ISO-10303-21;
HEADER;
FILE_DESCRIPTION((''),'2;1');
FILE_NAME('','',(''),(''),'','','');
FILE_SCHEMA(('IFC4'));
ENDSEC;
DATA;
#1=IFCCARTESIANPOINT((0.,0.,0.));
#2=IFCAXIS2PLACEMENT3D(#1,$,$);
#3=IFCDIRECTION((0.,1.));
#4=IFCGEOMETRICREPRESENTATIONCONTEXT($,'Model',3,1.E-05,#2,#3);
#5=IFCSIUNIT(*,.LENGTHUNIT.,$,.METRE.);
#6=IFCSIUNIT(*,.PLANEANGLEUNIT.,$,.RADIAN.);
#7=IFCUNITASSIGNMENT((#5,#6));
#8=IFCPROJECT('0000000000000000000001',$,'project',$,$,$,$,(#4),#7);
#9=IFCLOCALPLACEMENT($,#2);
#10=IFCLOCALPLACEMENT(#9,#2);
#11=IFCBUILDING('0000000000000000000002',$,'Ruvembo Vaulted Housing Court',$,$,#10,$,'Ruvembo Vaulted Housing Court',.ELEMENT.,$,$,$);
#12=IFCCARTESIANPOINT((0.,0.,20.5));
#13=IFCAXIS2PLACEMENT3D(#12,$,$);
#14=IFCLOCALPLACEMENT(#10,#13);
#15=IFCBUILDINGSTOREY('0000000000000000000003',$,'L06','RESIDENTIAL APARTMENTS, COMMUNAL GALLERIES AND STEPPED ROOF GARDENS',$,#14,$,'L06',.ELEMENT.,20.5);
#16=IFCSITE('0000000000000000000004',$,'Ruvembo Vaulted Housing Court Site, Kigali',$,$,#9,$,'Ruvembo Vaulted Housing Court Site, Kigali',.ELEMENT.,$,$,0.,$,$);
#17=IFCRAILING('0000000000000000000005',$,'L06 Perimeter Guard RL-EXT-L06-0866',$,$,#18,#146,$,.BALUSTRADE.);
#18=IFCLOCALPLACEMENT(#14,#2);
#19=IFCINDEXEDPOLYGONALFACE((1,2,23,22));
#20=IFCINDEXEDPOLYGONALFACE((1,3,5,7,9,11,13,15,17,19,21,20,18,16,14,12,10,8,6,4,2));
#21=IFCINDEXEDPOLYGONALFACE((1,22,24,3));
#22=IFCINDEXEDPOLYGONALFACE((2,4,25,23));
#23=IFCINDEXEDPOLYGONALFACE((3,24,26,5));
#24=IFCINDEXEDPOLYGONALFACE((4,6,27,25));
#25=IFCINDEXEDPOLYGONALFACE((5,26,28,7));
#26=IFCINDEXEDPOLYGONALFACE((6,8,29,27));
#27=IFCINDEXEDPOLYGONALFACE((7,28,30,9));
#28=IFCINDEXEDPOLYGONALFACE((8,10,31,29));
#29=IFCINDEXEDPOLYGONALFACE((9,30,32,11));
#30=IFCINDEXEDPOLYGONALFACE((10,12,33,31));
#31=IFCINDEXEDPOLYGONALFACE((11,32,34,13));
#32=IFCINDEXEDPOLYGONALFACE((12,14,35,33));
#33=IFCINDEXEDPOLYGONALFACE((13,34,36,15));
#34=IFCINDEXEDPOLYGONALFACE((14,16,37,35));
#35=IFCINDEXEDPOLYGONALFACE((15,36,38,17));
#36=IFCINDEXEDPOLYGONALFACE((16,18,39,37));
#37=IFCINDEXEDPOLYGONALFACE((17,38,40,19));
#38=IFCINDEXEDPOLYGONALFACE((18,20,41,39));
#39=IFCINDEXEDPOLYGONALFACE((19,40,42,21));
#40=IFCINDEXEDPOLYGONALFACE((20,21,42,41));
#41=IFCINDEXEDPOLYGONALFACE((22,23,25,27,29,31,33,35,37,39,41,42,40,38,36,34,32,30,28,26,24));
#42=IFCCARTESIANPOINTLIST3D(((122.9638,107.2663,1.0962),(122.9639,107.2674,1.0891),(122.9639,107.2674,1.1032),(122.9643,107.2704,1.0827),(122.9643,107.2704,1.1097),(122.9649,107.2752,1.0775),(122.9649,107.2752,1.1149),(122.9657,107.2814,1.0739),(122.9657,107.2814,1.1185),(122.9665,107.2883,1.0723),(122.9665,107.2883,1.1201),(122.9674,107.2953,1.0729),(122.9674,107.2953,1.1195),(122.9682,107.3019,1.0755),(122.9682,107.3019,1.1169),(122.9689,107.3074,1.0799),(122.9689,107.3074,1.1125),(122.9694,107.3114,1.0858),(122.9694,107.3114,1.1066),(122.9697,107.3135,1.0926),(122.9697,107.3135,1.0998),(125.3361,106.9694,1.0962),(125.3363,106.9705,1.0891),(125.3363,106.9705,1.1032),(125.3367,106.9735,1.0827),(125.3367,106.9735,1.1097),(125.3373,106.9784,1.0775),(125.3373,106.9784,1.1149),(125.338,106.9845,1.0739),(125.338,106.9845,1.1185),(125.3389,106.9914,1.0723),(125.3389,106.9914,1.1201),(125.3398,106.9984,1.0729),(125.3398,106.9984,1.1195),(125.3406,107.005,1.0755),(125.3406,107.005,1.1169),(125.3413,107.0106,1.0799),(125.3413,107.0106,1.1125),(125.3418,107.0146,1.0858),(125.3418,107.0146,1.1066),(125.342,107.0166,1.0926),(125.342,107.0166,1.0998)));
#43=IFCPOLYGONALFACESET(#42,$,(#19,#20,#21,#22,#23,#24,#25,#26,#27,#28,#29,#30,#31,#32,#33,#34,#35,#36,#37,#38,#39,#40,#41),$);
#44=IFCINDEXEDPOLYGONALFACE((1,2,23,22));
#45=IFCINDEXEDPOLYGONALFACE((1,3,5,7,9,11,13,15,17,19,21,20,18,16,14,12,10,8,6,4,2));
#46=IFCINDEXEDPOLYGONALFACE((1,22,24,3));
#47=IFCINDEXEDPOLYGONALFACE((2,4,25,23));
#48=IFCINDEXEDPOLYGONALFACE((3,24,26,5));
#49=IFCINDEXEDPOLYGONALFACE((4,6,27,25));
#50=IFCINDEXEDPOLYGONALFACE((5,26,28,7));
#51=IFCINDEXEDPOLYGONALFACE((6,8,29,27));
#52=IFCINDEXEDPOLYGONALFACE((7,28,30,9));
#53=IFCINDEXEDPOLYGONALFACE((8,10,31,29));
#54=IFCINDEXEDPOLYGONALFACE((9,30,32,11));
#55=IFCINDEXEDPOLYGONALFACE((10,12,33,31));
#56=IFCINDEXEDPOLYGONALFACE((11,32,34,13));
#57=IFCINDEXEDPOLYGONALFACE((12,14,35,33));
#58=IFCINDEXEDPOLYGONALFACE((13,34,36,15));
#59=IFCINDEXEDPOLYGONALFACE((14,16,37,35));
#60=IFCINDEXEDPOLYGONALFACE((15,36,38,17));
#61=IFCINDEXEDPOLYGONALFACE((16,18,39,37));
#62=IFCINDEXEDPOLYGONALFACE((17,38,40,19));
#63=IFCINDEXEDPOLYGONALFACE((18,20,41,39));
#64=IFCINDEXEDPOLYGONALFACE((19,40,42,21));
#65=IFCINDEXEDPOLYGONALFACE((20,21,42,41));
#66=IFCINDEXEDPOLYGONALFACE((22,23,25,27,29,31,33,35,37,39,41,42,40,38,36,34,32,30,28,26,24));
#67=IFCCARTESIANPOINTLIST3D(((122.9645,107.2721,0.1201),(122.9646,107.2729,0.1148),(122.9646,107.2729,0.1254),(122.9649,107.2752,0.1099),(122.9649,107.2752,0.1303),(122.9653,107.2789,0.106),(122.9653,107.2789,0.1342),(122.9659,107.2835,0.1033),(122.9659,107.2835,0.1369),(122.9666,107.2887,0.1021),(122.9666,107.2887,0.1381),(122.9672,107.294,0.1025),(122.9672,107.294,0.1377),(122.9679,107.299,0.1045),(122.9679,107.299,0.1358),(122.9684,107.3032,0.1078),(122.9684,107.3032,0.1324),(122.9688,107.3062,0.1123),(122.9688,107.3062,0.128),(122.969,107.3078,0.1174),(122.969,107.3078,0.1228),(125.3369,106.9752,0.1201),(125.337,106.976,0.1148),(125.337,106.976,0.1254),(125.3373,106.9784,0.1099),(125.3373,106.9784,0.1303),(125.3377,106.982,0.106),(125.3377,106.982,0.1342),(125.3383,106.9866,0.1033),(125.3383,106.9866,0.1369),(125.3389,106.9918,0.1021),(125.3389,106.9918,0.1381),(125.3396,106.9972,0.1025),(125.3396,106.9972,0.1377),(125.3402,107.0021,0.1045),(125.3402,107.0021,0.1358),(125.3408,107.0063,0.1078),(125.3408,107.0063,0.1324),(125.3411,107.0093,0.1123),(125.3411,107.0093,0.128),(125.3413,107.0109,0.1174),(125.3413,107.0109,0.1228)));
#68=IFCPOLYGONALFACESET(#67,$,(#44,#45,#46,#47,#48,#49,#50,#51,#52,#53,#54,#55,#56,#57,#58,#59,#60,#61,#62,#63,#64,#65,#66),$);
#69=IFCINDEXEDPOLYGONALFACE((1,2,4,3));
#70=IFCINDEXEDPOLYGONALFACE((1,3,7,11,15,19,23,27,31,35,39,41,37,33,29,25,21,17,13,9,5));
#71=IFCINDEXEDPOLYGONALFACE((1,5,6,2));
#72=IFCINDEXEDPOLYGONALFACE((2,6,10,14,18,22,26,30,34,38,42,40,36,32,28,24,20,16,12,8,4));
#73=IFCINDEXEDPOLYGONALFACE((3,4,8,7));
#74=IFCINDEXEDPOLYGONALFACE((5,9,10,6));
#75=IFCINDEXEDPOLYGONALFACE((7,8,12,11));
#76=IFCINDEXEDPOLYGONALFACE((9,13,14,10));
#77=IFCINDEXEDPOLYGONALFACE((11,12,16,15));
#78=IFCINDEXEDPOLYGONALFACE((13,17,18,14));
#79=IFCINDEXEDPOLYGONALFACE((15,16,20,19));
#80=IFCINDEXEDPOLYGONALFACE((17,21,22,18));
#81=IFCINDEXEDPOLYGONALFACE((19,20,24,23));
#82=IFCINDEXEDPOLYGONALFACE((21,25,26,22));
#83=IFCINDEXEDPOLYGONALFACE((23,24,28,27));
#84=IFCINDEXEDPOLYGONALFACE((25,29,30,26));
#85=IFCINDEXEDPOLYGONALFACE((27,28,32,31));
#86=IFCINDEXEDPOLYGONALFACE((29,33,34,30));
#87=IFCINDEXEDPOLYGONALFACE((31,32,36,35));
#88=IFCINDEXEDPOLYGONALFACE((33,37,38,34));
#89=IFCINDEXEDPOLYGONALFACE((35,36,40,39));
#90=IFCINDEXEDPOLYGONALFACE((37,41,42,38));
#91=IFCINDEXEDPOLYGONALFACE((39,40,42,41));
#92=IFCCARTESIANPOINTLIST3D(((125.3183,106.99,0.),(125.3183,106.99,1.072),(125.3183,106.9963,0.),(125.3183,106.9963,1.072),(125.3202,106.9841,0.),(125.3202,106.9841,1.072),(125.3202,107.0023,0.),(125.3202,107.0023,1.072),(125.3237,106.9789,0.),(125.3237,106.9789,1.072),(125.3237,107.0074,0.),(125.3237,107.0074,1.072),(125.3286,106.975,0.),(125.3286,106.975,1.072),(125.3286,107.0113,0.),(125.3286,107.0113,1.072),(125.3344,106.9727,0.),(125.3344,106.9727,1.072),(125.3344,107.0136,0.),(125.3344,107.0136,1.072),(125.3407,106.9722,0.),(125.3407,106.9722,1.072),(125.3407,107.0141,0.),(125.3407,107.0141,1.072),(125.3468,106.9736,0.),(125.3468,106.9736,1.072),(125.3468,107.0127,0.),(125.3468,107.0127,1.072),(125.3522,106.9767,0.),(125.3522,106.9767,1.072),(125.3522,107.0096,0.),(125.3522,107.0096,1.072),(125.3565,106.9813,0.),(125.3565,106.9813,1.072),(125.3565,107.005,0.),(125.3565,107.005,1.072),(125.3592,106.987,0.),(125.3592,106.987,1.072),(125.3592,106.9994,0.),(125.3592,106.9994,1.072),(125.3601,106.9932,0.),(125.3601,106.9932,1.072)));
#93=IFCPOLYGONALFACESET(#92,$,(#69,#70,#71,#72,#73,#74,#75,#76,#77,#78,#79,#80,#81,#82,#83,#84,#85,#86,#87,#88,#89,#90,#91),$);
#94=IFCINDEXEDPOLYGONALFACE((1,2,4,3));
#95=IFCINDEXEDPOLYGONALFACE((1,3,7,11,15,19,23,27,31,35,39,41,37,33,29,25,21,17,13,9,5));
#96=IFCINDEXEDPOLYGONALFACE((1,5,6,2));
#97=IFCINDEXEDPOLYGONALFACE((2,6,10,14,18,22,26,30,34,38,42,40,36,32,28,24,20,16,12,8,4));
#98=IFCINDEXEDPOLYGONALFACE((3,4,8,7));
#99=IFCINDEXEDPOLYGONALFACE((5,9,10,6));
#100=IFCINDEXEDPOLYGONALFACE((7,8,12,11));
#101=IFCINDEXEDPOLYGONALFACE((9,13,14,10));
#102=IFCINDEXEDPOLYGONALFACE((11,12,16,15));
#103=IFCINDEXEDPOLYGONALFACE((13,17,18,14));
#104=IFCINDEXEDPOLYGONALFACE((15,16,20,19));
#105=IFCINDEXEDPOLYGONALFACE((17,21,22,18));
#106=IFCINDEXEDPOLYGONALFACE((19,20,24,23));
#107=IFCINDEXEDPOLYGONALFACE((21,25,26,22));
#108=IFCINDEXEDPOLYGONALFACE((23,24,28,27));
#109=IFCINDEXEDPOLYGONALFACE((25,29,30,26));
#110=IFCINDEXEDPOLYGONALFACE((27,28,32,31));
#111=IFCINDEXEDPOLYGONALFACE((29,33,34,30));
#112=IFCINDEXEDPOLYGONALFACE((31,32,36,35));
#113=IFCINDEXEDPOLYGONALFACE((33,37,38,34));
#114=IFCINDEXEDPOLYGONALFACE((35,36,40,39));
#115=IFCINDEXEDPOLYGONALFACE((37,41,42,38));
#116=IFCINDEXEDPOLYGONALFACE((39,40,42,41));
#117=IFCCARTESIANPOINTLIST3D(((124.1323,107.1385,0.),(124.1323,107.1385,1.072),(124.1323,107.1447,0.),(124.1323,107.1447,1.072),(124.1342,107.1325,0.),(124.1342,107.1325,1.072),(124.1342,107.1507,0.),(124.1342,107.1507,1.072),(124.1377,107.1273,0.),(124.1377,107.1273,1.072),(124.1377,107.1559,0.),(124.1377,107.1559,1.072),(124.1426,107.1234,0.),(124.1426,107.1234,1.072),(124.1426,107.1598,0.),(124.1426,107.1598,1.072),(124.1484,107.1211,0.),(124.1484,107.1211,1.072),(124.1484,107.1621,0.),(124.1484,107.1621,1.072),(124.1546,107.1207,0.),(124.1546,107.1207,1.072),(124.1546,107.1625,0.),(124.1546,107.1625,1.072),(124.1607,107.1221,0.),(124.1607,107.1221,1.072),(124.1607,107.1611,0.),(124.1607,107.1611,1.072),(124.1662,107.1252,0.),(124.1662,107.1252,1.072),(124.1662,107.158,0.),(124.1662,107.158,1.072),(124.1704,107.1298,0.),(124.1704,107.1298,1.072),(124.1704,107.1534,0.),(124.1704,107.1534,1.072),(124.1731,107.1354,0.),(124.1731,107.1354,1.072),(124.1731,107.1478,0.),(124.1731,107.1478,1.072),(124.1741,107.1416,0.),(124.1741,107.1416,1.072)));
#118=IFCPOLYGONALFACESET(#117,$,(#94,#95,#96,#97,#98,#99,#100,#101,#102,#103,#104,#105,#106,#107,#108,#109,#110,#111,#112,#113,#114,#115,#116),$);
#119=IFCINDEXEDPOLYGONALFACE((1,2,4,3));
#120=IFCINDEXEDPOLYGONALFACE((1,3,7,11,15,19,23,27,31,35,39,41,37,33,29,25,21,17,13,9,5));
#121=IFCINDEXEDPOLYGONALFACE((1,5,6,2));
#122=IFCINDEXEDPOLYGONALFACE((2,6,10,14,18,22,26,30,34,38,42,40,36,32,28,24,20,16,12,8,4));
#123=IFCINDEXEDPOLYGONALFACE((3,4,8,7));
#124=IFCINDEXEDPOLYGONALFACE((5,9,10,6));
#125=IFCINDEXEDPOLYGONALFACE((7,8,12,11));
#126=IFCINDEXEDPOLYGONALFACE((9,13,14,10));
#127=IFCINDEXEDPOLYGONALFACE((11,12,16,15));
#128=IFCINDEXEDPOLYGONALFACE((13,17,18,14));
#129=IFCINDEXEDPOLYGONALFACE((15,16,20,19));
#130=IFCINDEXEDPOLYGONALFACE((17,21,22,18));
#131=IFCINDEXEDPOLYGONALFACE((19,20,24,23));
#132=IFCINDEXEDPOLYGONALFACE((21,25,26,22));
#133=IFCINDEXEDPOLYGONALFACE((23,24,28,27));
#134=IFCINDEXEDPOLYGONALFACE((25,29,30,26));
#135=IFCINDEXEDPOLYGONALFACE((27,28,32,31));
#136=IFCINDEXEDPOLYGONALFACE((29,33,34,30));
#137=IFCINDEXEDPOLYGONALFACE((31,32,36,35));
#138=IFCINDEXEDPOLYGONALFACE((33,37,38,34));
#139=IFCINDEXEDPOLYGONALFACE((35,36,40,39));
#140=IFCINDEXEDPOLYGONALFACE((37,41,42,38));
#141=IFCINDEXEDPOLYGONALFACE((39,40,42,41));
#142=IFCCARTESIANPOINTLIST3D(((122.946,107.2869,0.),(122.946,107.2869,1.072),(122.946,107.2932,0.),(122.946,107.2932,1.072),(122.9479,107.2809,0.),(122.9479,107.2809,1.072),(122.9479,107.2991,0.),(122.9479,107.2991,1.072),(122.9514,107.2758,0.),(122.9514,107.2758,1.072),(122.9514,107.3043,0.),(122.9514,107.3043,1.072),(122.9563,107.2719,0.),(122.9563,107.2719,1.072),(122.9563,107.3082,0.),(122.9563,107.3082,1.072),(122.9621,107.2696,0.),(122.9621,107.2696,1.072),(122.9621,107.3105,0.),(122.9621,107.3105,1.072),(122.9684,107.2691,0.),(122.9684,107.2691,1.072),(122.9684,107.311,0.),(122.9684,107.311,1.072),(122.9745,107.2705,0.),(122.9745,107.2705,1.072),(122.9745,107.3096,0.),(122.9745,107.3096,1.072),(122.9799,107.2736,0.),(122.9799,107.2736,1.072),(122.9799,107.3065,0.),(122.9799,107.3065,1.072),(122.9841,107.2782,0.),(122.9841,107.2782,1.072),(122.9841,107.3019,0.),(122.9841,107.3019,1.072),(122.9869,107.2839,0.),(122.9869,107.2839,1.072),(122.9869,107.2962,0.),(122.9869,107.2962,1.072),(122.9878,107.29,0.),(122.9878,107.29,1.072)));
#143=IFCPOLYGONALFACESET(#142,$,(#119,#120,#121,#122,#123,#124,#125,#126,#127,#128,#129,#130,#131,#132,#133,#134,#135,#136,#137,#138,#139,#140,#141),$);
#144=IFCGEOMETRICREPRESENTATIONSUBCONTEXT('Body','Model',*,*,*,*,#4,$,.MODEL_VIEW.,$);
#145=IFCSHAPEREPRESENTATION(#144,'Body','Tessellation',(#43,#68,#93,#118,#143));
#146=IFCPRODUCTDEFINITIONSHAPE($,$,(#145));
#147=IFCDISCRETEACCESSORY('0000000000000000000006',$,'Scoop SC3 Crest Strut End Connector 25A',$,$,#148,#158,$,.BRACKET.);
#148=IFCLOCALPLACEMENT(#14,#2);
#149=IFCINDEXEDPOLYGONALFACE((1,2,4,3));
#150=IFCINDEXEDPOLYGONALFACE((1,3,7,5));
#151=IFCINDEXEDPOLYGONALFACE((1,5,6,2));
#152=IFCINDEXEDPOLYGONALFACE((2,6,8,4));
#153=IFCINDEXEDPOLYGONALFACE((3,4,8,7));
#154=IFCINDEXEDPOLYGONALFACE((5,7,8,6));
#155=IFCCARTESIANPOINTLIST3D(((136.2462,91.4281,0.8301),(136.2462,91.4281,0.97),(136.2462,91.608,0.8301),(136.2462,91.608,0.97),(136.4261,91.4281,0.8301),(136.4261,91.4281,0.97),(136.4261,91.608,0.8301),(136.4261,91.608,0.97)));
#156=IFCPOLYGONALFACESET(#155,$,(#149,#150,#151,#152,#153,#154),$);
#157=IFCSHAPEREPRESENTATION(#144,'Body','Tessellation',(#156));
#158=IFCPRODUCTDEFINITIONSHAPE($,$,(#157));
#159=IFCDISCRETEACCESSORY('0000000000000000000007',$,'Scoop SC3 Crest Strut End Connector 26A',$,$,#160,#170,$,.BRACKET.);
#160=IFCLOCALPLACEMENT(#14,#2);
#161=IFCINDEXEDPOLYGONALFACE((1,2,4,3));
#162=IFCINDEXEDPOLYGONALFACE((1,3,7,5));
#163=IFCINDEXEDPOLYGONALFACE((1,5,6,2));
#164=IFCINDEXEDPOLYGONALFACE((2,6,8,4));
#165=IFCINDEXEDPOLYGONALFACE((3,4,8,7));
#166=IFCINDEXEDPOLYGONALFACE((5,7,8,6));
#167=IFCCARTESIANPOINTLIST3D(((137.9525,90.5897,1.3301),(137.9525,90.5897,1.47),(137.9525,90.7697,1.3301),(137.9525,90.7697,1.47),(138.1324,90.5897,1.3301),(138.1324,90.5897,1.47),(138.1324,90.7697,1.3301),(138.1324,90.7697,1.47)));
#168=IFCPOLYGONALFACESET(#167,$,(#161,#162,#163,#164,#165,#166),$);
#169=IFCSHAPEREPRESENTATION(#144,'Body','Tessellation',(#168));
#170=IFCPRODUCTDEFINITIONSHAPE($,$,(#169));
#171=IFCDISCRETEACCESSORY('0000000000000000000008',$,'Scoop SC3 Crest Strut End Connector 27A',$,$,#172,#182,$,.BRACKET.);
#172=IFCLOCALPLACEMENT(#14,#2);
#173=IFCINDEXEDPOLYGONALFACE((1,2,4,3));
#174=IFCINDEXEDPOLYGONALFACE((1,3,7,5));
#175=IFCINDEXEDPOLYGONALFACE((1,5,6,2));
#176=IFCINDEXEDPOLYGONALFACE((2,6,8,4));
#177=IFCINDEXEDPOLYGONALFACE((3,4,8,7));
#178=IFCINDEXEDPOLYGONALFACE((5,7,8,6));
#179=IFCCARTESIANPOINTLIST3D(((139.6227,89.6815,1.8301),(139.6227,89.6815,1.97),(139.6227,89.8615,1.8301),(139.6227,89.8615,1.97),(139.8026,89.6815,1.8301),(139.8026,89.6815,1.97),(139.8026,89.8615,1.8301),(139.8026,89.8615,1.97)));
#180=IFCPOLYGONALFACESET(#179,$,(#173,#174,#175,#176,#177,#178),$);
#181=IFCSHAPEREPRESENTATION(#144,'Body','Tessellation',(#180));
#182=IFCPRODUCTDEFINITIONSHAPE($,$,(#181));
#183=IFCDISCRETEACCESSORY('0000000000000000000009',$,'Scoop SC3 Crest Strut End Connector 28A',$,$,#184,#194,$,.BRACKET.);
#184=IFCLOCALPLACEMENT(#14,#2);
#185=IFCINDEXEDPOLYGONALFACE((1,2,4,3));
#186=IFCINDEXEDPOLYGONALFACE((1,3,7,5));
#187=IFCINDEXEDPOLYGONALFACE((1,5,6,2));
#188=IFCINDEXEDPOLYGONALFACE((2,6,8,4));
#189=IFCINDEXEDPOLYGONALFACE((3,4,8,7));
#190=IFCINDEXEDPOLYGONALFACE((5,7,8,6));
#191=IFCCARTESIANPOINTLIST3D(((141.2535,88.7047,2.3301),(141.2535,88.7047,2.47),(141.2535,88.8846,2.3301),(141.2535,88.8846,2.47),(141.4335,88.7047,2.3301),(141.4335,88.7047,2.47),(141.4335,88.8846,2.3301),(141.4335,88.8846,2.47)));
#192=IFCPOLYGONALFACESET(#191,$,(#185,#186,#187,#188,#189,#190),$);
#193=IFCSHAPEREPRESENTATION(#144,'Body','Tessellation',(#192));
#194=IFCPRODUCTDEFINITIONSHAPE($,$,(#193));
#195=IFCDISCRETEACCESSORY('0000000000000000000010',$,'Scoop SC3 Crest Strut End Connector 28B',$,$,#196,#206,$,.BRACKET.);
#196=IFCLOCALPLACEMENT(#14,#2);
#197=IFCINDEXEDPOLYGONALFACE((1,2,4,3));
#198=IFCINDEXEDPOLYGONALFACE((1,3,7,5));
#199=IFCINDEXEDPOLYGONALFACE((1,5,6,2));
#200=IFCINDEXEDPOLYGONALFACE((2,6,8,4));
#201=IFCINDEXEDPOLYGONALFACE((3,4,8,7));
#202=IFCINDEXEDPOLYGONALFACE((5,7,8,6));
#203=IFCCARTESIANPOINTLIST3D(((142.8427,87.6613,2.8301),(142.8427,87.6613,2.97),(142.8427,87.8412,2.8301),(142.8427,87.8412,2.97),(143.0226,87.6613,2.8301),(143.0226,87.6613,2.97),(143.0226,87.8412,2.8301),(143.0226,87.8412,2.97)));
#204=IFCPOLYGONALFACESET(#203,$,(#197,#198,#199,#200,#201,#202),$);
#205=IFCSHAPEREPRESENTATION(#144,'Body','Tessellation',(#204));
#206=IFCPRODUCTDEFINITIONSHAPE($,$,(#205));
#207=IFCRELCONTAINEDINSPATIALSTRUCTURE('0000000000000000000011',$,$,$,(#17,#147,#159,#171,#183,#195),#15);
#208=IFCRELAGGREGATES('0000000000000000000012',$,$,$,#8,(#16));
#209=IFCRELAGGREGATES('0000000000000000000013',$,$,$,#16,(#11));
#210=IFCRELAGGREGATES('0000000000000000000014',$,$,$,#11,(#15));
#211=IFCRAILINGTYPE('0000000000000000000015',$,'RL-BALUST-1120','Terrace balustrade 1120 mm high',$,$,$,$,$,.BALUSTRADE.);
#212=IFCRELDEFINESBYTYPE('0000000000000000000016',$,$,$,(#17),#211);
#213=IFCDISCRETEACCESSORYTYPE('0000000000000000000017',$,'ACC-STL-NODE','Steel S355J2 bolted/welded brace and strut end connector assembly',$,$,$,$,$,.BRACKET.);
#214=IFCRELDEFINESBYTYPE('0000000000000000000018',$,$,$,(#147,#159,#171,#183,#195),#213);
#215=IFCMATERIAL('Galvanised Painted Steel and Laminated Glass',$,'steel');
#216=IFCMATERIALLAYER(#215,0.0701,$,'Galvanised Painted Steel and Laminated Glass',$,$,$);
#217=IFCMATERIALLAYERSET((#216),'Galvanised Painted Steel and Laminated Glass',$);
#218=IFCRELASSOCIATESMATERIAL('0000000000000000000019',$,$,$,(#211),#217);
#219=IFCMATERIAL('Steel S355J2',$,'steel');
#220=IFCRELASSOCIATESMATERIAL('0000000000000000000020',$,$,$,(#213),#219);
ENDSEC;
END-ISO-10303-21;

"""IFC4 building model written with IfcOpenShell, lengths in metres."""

from ifc_helpers import new_model, si_unit, direction, frame, origin, origin_2d, place, context, subcontext, project, spatial, rectangle, circle, extrude, material, layer, layer_set, type_object, element, save


model = new_model("IFC4")

# Units and contexts
model_context = context("Model", 3, precision=1e-05, world=origin(), true_north=direction((0.0, 1.0)))
body_context = subcontext(model_context, "Body", "Model", "MODEL_VIEW")
ifc_project = project(units=[si_unit("LENGTHUNIT", "METRE"), si_unit("PLANEANGLEUNIT", "RADIAN")], contexts=[model_context])

# Site, building, storey
site_placement = place(None, origin())
site = spatial("IfcSite", under=ifc_project, at=site_placement, Name="Ruvembo Vaulted Housing Court Site, Kigali", LongName="Ruvembo Vaulted Housing Court Site, Kigali", CompositionType="ELEMENT", RefElevation=0.0)
building_placement = place(site_placement, origin())
building = spatial("IfcBuilding", under=site, at=building_placement, Name="Ruvembo Vaulted Housing Court", LongName="Ruvembo Vaulted Housing Court", CompositionType="ELEMENT")
storey_placement = place(building_placement, frame((0.0, 0.0, 20.5)))
storey = spatial("IfcBuildingStorey", under=building, at=storey_placement, Name="L06", Description="RESIDENTIAL APARTMENTS, COMMUNAL GALLERIES AND STEPPED ROOF GARDENS", LongName="L06", CompositionType="ELEMENT", Elevation=20.5)

# Shared definitions
ifc_material_1 = material(Name="Steel S355J2", Category="steel")

# Railing
ifc_material_2 = material(Name="Galvanised Painted Steel and Laminated Glass", Category="steel")
ifc_layer = layer(ifc_material_2, 0.0701, Name="Galvanised Painted Steel and Laminated Glass")
ifc_layer_set = layer_set([ifc_layer], Name="Galvanised Painted Steel and Laminated Glass")
railing_type = type_object("IfcRailingType", Name="RL-BALUST-1120", Description="Terrace balustrade 1120 mm high", PredefinedType="BALUSTRADE", material=ifc_layer_set)
railing_1_placement = place(storey_placement, frame((125.3391, 106.9932, 0.0)))
element("IfcRailing", 1, at=railing_1_placement, inside=storey, type_object=railing_type, Name="L06 Perimeter Guard RL-EXT-L06-0866", PredefinedType="BALUSTRADE", context=body_context, shape_type="SweptSolid", body=[
    extrude(circle(Radius=0.0239, at=origin_2d()), frame((0.0, 0.0, 1.0962), z_axis=(-0.992261, 0.124173, 0.0), x_axis=(-0.124173, -0.992261, 0.0)), (0.0, 0.0, 1.0), 2.3909),
    extrude(circle(Radius=0.0181, at=origin_2d()), frame((0.0, 0.0, 0.1201), z_axis=(-0.992261, 0.124173, 0.0), x_axis=(-0.124173, -0.992261, 0.0)), (0.0, 0.0, 1.0), 2.3909),
    extrude(circle(Radius=0.021, at=origin_2d()), origin(), (0.0, 0.0, 1.0), 1.072),
    extrude(circle(Radius=0.021, at=origin_2d()), frame((-1.186, 0.1484, 0.0)), (0.0, 0.0, 1.0), 1.072),
    extrude(circle(Radius=0.021, at=origin_2d()), frame((-2.3723, 0.2969, 0.0)), (0.0, 0.0, 1.0), 1.072),
])

# Discrete accessories
discrete_accessory_type = type_object("IfcDiscreteAccessoryType", Name="ACC-STL-NODE", Description="Steel S355J2 bolted/welded brace and strut end connector assembly", PredefinedType="BRACKET", material=ifc_material_1)
for number, where, z_axis, x_axis, name in (
    (2, (136.3362, 91.5181, 0.8301), (0.0, 0.0, 1.0), (1.0, 0.0, 0.0), "Scoop SC3 Crest Strut End Connector 25A"),
    (3, (138.0425, 90.6797, 1.3301), (0.0, 0.0, 1.0), (1.0, 0.0, 0.0), "Scoop SC3 Crest Strut End Connector 26A"),
    (4, (139.7126, 89.7715, 1.8301), (0.0, 0.0, 1.0), (1.0, 0.0, 0.0), "Scoop SC3 Crest Strut End Connector 27A"),
    (5, (141.3435, 88.7947, 2.3301), (0.0, 0.0, 1.0), (1.0, 0.0, 0.0), "Scoop SC3 Crest Strut End Connector 28A"),
    (6, (142.9326, 87.7512, 2.8301), (0.0, 0.0, 1.0), (1.0, 0.0, 0.0), "Scoop SC3 Crest Strut End Connector 28B"),
):
    element("IfcDiscreteAccessory", number, at=place(storey_placement, frame(where, z_axis=z_axis, x_axis=x_axis)), inside=storey, type_object=discrete_accessory_type, Name=name, PredefinedType="BRACKET", context=body_context, shape_type="SweptSolid", body=[
        extrude(rectangle(XDim=0.1799, YDim=0.1799, at=origin_2d()), origin(), (0.0, 0.0, 1.0), 0.1399),
    ])

save(model, "model.ifc")
